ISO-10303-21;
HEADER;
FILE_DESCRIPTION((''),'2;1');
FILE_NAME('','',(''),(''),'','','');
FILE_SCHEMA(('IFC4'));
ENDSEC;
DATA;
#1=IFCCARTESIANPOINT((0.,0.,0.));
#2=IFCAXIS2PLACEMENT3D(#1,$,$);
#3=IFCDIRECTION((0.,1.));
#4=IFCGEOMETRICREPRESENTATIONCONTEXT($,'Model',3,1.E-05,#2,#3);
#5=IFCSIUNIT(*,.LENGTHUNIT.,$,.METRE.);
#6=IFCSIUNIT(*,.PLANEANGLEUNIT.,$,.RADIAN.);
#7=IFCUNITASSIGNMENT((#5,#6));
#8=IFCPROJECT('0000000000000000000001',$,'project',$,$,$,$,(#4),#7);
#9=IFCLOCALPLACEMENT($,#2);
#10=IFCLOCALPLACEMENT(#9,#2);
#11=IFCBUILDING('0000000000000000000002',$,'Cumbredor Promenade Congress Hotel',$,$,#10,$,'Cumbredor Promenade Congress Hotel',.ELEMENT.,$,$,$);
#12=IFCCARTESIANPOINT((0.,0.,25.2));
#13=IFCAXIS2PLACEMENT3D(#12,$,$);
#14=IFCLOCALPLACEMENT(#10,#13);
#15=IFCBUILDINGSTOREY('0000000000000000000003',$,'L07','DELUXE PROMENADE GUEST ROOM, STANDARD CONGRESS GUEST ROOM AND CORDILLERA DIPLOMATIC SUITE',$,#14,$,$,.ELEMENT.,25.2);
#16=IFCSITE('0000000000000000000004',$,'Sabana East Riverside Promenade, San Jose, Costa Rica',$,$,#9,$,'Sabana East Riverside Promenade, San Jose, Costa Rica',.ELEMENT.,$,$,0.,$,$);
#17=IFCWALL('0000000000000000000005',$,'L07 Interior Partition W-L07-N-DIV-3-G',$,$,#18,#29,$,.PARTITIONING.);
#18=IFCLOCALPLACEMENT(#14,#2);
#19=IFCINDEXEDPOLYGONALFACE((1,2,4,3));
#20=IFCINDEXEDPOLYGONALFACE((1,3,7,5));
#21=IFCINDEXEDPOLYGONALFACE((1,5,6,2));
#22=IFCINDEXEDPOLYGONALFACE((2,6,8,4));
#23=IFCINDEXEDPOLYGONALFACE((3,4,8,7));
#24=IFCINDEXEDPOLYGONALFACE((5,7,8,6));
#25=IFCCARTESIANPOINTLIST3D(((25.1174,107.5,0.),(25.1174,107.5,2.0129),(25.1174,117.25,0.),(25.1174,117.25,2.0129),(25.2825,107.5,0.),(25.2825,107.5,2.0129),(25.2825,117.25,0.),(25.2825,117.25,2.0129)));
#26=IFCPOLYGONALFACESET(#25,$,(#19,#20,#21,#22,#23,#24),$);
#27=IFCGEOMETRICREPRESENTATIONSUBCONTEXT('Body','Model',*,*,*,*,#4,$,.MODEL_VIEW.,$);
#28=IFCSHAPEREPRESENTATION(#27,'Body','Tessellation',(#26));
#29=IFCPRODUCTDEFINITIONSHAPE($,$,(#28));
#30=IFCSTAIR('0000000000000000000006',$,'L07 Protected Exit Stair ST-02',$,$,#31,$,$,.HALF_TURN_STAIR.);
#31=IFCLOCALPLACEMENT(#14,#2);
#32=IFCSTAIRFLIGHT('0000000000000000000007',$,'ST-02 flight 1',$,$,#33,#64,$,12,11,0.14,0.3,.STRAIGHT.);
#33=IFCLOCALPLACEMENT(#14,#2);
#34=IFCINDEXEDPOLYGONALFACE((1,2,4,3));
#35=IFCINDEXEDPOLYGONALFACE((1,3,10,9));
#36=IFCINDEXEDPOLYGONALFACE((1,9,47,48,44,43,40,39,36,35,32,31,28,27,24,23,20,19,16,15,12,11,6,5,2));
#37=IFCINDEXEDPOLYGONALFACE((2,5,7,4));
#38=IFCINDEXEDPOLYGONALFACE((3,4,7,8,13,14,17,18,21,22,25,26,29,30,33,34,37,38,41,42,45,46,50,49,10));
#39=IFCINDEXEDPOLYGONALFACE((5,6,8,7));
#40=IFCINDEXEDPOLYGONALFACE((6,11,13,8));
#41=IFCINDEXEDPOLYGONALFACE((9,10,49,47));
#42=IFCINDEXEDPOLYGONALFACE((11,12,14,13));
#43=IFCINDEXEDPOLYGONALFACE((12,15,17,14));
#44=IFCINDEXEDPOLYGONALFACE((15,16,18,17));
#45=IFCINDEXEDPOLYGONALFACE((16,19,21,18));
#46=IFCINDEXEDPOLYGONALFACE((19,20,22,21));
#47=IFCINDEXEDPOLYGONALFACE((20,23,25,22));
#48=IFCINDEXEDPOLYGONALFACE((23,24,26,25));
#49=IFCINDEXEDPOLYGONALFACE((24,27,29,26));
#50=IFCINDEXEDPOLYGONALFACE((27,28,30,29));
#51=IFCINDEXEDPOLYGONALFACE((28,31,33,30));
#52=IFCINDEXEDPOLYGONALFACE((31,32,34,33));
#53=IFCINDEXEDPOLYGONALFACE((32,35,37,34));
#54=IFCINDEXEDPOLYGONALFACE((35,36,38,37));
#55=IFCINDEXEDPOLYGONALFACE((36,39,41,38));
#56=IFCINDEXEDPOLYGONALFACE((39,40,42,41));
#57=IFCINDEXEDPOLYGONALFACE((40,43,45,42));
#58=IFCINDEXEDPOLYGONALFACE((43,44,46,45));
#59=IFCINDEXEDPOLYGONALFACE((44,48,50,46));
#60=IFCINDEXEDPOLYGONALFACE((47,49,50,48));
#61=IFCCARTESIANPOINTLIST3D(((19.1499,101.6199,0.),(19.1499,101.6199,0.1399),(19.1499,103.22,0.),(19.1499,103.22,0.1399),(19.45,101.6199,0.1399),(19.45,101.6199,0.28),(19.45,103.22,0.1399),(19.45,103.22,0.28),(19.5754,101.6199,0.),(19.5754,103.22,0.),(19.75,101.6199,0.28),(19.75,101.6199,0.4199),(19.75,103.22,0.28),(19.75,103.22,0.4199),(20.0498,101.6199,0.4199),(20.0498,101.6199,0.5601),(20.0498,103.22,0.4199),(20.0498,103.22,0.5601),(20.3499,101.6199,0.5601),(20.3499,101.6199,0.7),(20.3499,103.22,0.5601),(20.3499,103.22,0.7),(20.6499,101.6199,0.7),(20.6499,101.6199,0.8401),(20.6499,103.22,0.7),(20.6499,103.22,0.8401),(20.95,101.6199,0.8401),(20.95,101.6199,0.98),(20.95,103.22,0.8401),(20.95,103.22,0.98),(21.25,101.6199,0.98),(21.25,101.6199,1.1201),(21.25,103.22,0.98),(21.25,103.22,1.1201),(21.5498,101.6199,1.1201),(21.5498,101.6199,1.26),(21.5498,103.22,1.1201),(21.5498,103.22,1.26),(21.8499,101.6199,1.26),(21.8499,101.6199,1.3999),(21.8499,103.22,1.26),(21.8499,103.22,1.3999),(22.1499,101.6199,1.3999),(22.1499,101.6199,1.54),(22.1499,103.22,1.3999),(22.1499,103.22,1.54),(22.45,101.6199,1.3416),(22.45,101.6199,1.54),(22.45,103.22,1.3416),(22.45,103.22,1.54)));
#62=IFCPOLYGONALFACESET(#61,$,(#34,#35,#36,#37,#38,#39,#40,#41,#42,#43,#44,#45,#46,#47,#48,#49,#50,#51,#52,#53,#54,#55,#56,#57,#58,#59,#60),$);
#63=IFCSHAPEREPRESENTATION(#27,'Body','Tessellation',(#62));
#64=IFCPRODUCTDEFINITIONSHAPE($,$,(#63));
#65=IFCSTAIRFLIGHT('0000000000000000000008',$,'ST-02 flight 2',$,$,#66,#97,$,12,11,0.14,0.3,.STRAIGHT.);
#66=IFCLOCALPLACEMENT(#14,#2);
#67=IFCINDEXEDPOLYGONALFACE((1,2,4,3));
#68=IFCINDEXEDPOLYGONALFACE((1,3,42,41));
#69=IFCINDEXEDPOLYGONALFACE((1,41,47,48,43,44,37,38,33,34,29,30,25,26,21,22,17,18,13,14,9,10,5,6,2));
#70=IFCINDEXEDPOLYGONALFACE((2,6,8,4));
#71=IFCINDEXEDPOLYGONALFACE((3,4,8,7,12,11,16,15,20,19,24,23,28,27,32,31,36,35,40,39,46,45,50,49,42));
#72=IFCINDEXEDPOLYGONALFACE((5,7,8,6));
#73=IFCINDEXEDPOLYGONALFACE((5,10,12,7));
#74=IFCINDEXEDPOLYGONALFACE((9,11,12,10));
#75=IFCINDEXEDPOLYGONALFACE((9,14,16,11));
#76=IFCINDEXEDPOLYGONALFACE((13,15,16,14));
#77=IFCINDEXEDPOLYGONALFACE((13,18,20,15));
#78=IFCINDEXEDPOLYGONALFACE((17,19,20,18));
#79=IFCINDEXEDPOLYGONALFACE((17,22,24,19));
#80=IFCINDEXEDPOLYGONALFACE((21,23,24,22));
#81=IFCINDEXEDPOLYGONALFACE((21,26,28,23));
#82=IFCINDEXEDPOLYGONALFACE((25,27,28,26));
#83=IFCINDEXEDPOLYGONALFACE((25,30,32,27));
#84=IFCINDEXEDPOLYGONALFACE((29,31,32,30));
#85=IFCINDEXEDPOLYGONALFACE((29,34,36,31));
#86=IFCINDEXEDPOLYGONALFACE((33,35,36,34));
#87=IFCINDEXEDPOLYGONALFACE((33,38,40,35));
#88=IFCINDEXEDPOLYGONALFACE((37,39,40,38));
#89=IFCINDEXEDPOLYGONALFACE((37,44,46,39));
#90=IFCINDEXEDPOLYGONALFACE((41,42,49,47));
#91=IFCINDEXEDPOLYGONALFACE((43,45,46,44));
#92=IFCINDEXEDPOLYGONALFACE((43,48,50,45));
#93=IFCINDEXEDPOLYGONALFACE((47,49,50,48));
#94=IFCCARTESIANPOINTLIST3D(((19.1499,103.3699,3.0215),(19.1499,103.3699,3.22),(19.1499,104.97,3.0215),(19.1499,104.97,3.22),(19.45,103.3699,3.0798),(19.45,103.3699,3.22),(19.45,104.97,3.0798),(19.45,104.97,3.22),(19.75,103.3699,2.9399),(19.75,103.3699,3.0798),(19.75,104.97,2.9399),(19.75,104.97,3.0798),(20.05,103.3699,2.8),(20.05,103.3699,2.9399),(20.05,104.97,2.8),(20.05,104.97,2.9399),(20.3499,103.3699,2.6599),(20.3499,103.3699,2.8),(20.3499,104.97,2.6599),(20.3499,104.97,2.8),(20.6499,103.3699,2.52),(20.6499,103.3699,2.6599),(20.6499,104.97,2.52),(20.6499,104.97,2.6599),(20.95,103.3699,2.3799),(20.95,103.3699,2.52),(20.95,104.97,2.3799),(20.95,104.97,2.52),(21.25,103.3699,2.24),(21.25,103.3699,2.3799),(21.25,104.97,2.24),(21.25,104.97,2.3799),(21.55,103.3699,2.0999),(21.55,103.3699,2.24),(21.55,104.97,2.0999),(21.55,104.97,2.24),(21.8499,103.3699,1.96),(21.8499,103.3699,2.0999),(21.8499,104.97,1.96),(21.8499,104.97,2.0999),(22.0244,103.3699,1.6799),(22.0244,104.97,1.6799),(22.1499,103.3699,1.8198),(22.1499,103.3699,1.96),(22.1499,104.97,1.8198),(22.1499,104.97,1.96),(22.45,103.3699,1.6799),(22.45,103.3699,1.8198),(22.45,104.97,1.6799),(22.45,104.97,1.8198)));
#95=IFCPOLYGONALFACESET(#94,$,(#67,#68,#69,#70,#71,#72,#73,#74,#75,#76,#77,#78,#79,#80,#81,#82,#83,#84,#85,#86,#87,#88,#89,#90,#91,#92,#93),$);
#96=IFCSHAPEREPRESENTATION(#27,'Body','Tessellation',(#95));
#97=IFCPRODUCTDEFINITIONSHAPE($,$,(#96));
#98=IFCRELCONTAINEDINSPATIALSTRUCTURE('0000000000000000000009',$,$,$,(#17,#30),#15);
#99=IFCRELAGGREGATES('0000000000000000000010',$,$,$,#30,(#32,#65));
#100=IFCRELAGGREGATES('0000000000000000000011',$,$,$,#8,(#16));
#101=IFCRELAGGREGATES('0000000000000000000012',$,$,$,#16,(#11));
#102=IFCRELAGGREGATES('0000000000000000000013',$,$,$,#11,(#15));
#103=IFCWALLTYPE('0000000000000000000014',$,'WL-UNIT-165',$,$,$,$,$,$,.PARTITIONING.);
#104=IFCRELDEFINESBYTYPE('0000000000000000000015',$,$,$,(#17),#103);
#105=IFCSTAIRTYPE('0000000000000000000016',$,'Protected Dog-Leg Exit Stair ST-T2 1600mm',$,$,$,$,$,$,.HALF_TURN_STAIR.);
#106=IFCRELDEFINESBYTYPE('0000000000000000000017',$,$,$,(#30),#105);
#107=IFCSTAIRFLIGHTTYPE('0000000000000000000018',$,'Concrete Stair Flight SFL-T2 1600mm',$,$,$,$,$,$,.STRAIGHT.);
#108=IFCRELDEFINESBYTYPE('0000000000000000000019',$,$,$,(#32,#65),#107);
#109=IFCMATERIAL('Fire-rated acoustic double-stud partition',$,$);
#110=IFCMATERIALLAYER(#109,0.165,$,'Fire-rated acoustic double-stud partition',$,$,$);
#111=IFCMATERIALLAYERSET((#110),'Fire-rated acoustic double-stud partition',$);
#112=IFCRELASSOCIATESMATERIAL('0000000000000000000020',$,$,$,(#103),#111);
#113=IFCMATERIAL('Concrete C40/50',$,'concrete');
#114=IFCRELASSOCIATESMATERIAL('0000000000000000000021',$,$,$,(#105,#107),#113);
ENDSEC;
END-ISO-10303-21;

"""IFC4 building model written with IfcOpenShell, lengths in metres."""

from ifc_helpers import new_model, si_unit, direction, frame, frame_2d, origin, place, context, subcontext, project, spatial, polyline, rectangle, outline, extrude, material, layer, layer_set, type_object, element, aggregate, save


model = new_model("IFC4")

# Units and contexts
model_context = context("Model", 3, precision=1e-05, world=origin(), true_north=direction((0.0, 1.0)))
body_context = subcontext(model_context, "Body", "Model", "MODEL_VIEW")
ifc_project = project(units=[si_unit("LENGTHUNIT", "METRE"), si_unit("PLANEANGLEUNIT", "RADIAN")], contexts=[model_context])

# Site, building, storey
site_placement = place(None, origin())
site = spatial("IfcSite", under=ifc_project, at=site_placement, Name="Sabana East Riverside Promenade, San Jose, Costa Rica", LongName="Sabana East Riverside Promenade, San Jose, Costa Rica", CompositionType="ELEMENT", RefElevation=0.0)
building_placement = place(site_placement, origin())
building = spatial("IfcBuilding", under=site, at=building_placement, Name="Cumbredor Promenade Congress Hotel", LongName="Cumbredor Promenade Congress Hotel", CompositionType="ELEMENT")
storey_placement = place(building_placement, frame((0.0, 0.0, 25.2)))
storey = spatial("IfcBuildingStorey", under=building, at=storey_placement, Name="L07", Description="DELUXE PROMENADE GUEST ROOM, STANDARD CONGRESS GUEST ROOM AND CORDILLERA DIPLOMATIC SUITE", CompositionType="ELEMENT", Elevation=25.2)

# Shared definitions
ifc_material_1 = material(Name="Concrete C40/50", Category="concrete")

# Wall
ifc_material_2 = material(Name="Fire-rated acoustic double-stud partition")
ifc_layer_1 = layer(ifc_material_2, 0.165, Name="Fire-rated acoustic double-stud partition")
ifc_layer_set_1 = layer_set([ifc_layer_1], Name="Fire-rated acoustic double-stud partition")
wall_type_1 = type_object("IfcWallType", Name="WL-UNIT-165", PredefinedType="PARTITIONING", material=ifc_layer_set_1)
wall_1_placement = place(storey_placement, frame((25.2, 107.5, 0.0), z_axis=(0.0, 0.0, 1.0), x_axis=(0.0, 1.0, 0.0)))
element("IfcWall", 1, at=wall_1_placement, inside=storey, type_object=wall_type_1, Name="L07 Interior Partition W-L07-N-DIV-3-G", PredefinedType="PARTITIONING", context=body_context, shape_type="SweptSolid", body=[
    extrude(rectangle(XDim=9.75, YDim=0.165, at=frame_2d((4.875, 0.0))), origin(), (0.0, 0.0, 1.0), 2.0129),
])

# Stair, stair flights
stair_type = type_object("IfcStairType", Name="Protected Dog-Leg Exit Stair ST-T2 1600mm", PredefinedType="HALF_TURN_STAIR", material=ifc_material_1)
stair_placement = place(storey_placement, origin())
stair = element("IfcStair", 2, at=stair_placement, inside=storey, type_object=stair_type, Name="L07 Protected Exit Stair ST-02", PredefinedType="HALF_TURN_STAIR")
stair_flight_type = type_object("IfcStairFlightType", Name="Concrete Stair Flight SFL-T2 1600mm", PredefinedType="STRAIGHT", material=ifc_material_1)
stair_flight_1_placement = place(storey_placement, frame((19.1499, 102.4199, 0.0), z_axis=(0.0, 0.0, 1.0), x_axis=(1.0, 0.0, 0.0)))
stair_flight_1 = element("IfcStairFlight", 3, at=stair_flight_1_placement, type_object=stair_flight_type, Name="ST-02 flight 1", NumberOfRisers=12, NumberOfTreads=11, PredefinedType="STRAIGHT", RiserHeight=0.14, TreadLength=0.3, context=body_context, shape_type="SweptSolid", body=[
    extrude(outline(polyline([(0.0, 0.0), (0.0, 0.1399), (0.3, 0.1399), (0.3, 0.28), (0.6001, 0.28), (0.6001, 0.4199), (0.8999, 0.4199), (0.8999, 0.5601), (1.2, 0.5601), (1.2, 0.7), (1.5, 0.7), (1.5, 0.8401), (1.8, 0.8401), (1.8, 0.98), (2.1001, 0.98), (2.1001, 1.1201), (2.3999, 1.1201), (2.3999, 1.26), (2.7, 1.26), (2.7, 1.3999), (3.0, 1.3999), (3.0, 1.54), (3.3, 1.54), (3.3, 1.6799), (3.3, 1.3416), (0.4255, 0.0), (0.0, 0.0)])), frame((0.0, 0.8, 0.0), z_axis=(0.0, -1.0, 0.0), x_axis=(1.0, 0.0, 0.0)), (0.0, 0.0, 1.0), 1.6001),
])
stair_flight_2_placement = place(storey_placement, frame((22.45, 104.1699, 1.6799), z_axis=(0.0, 0.0, 1.0), x_axis=(-1.0, 0.0, 0.0)))
stair_flight_2 = element("IfcStairFlight", 4, at=stair_flight_2_placement, type_object=stair_flight_type, Name="ST-02 flight 2", NumberOfRisers=12, NumberOfTreads=11, PredefinedType="STRAIGHT", RiserHeight=0.14, TreadLength=0.3, context=body_context, shape_type="SweptSolid", body=[
    extrude(outline(polyline([(0.0, 0.0), (0.0, 0.1399), (0.3, 0.1399), (0.3, 0.28), (0.6001, 0.28), (0.6001, 0.4199), (0.8999, 0.4199), (0.8999, 0.5601), (1.2, 0.5601), (1.2, 0.7), (1.5, 0.7), (1.5, 0.8401), (1.8, 0.8401), (1.8, 0.98), (2.1001, 0.98), (2.1001, 1.1201), (2.3999, 1.1201), (2.3999, 1.26), (2.7, 1.26), (2.7, 1.3999), (3.0, 1.3999), (3.0, 1.54), (3.3, 1.54), (3.3, 1.6799), (3.3, 1.3416), (0.4255, 0.0), (0.0, 0.0)])), frame((0.0, 0.8, 0.0), z_axis=(0.0, -1.0, 0.0), x_axis=(1.0, 0.0, 0.0)), (0.0, 0.0, 1.0), 1.6001),
])
aggregate(stair, [stair_flight_1, stair_flight_2])

save(model, "model.ifc")
